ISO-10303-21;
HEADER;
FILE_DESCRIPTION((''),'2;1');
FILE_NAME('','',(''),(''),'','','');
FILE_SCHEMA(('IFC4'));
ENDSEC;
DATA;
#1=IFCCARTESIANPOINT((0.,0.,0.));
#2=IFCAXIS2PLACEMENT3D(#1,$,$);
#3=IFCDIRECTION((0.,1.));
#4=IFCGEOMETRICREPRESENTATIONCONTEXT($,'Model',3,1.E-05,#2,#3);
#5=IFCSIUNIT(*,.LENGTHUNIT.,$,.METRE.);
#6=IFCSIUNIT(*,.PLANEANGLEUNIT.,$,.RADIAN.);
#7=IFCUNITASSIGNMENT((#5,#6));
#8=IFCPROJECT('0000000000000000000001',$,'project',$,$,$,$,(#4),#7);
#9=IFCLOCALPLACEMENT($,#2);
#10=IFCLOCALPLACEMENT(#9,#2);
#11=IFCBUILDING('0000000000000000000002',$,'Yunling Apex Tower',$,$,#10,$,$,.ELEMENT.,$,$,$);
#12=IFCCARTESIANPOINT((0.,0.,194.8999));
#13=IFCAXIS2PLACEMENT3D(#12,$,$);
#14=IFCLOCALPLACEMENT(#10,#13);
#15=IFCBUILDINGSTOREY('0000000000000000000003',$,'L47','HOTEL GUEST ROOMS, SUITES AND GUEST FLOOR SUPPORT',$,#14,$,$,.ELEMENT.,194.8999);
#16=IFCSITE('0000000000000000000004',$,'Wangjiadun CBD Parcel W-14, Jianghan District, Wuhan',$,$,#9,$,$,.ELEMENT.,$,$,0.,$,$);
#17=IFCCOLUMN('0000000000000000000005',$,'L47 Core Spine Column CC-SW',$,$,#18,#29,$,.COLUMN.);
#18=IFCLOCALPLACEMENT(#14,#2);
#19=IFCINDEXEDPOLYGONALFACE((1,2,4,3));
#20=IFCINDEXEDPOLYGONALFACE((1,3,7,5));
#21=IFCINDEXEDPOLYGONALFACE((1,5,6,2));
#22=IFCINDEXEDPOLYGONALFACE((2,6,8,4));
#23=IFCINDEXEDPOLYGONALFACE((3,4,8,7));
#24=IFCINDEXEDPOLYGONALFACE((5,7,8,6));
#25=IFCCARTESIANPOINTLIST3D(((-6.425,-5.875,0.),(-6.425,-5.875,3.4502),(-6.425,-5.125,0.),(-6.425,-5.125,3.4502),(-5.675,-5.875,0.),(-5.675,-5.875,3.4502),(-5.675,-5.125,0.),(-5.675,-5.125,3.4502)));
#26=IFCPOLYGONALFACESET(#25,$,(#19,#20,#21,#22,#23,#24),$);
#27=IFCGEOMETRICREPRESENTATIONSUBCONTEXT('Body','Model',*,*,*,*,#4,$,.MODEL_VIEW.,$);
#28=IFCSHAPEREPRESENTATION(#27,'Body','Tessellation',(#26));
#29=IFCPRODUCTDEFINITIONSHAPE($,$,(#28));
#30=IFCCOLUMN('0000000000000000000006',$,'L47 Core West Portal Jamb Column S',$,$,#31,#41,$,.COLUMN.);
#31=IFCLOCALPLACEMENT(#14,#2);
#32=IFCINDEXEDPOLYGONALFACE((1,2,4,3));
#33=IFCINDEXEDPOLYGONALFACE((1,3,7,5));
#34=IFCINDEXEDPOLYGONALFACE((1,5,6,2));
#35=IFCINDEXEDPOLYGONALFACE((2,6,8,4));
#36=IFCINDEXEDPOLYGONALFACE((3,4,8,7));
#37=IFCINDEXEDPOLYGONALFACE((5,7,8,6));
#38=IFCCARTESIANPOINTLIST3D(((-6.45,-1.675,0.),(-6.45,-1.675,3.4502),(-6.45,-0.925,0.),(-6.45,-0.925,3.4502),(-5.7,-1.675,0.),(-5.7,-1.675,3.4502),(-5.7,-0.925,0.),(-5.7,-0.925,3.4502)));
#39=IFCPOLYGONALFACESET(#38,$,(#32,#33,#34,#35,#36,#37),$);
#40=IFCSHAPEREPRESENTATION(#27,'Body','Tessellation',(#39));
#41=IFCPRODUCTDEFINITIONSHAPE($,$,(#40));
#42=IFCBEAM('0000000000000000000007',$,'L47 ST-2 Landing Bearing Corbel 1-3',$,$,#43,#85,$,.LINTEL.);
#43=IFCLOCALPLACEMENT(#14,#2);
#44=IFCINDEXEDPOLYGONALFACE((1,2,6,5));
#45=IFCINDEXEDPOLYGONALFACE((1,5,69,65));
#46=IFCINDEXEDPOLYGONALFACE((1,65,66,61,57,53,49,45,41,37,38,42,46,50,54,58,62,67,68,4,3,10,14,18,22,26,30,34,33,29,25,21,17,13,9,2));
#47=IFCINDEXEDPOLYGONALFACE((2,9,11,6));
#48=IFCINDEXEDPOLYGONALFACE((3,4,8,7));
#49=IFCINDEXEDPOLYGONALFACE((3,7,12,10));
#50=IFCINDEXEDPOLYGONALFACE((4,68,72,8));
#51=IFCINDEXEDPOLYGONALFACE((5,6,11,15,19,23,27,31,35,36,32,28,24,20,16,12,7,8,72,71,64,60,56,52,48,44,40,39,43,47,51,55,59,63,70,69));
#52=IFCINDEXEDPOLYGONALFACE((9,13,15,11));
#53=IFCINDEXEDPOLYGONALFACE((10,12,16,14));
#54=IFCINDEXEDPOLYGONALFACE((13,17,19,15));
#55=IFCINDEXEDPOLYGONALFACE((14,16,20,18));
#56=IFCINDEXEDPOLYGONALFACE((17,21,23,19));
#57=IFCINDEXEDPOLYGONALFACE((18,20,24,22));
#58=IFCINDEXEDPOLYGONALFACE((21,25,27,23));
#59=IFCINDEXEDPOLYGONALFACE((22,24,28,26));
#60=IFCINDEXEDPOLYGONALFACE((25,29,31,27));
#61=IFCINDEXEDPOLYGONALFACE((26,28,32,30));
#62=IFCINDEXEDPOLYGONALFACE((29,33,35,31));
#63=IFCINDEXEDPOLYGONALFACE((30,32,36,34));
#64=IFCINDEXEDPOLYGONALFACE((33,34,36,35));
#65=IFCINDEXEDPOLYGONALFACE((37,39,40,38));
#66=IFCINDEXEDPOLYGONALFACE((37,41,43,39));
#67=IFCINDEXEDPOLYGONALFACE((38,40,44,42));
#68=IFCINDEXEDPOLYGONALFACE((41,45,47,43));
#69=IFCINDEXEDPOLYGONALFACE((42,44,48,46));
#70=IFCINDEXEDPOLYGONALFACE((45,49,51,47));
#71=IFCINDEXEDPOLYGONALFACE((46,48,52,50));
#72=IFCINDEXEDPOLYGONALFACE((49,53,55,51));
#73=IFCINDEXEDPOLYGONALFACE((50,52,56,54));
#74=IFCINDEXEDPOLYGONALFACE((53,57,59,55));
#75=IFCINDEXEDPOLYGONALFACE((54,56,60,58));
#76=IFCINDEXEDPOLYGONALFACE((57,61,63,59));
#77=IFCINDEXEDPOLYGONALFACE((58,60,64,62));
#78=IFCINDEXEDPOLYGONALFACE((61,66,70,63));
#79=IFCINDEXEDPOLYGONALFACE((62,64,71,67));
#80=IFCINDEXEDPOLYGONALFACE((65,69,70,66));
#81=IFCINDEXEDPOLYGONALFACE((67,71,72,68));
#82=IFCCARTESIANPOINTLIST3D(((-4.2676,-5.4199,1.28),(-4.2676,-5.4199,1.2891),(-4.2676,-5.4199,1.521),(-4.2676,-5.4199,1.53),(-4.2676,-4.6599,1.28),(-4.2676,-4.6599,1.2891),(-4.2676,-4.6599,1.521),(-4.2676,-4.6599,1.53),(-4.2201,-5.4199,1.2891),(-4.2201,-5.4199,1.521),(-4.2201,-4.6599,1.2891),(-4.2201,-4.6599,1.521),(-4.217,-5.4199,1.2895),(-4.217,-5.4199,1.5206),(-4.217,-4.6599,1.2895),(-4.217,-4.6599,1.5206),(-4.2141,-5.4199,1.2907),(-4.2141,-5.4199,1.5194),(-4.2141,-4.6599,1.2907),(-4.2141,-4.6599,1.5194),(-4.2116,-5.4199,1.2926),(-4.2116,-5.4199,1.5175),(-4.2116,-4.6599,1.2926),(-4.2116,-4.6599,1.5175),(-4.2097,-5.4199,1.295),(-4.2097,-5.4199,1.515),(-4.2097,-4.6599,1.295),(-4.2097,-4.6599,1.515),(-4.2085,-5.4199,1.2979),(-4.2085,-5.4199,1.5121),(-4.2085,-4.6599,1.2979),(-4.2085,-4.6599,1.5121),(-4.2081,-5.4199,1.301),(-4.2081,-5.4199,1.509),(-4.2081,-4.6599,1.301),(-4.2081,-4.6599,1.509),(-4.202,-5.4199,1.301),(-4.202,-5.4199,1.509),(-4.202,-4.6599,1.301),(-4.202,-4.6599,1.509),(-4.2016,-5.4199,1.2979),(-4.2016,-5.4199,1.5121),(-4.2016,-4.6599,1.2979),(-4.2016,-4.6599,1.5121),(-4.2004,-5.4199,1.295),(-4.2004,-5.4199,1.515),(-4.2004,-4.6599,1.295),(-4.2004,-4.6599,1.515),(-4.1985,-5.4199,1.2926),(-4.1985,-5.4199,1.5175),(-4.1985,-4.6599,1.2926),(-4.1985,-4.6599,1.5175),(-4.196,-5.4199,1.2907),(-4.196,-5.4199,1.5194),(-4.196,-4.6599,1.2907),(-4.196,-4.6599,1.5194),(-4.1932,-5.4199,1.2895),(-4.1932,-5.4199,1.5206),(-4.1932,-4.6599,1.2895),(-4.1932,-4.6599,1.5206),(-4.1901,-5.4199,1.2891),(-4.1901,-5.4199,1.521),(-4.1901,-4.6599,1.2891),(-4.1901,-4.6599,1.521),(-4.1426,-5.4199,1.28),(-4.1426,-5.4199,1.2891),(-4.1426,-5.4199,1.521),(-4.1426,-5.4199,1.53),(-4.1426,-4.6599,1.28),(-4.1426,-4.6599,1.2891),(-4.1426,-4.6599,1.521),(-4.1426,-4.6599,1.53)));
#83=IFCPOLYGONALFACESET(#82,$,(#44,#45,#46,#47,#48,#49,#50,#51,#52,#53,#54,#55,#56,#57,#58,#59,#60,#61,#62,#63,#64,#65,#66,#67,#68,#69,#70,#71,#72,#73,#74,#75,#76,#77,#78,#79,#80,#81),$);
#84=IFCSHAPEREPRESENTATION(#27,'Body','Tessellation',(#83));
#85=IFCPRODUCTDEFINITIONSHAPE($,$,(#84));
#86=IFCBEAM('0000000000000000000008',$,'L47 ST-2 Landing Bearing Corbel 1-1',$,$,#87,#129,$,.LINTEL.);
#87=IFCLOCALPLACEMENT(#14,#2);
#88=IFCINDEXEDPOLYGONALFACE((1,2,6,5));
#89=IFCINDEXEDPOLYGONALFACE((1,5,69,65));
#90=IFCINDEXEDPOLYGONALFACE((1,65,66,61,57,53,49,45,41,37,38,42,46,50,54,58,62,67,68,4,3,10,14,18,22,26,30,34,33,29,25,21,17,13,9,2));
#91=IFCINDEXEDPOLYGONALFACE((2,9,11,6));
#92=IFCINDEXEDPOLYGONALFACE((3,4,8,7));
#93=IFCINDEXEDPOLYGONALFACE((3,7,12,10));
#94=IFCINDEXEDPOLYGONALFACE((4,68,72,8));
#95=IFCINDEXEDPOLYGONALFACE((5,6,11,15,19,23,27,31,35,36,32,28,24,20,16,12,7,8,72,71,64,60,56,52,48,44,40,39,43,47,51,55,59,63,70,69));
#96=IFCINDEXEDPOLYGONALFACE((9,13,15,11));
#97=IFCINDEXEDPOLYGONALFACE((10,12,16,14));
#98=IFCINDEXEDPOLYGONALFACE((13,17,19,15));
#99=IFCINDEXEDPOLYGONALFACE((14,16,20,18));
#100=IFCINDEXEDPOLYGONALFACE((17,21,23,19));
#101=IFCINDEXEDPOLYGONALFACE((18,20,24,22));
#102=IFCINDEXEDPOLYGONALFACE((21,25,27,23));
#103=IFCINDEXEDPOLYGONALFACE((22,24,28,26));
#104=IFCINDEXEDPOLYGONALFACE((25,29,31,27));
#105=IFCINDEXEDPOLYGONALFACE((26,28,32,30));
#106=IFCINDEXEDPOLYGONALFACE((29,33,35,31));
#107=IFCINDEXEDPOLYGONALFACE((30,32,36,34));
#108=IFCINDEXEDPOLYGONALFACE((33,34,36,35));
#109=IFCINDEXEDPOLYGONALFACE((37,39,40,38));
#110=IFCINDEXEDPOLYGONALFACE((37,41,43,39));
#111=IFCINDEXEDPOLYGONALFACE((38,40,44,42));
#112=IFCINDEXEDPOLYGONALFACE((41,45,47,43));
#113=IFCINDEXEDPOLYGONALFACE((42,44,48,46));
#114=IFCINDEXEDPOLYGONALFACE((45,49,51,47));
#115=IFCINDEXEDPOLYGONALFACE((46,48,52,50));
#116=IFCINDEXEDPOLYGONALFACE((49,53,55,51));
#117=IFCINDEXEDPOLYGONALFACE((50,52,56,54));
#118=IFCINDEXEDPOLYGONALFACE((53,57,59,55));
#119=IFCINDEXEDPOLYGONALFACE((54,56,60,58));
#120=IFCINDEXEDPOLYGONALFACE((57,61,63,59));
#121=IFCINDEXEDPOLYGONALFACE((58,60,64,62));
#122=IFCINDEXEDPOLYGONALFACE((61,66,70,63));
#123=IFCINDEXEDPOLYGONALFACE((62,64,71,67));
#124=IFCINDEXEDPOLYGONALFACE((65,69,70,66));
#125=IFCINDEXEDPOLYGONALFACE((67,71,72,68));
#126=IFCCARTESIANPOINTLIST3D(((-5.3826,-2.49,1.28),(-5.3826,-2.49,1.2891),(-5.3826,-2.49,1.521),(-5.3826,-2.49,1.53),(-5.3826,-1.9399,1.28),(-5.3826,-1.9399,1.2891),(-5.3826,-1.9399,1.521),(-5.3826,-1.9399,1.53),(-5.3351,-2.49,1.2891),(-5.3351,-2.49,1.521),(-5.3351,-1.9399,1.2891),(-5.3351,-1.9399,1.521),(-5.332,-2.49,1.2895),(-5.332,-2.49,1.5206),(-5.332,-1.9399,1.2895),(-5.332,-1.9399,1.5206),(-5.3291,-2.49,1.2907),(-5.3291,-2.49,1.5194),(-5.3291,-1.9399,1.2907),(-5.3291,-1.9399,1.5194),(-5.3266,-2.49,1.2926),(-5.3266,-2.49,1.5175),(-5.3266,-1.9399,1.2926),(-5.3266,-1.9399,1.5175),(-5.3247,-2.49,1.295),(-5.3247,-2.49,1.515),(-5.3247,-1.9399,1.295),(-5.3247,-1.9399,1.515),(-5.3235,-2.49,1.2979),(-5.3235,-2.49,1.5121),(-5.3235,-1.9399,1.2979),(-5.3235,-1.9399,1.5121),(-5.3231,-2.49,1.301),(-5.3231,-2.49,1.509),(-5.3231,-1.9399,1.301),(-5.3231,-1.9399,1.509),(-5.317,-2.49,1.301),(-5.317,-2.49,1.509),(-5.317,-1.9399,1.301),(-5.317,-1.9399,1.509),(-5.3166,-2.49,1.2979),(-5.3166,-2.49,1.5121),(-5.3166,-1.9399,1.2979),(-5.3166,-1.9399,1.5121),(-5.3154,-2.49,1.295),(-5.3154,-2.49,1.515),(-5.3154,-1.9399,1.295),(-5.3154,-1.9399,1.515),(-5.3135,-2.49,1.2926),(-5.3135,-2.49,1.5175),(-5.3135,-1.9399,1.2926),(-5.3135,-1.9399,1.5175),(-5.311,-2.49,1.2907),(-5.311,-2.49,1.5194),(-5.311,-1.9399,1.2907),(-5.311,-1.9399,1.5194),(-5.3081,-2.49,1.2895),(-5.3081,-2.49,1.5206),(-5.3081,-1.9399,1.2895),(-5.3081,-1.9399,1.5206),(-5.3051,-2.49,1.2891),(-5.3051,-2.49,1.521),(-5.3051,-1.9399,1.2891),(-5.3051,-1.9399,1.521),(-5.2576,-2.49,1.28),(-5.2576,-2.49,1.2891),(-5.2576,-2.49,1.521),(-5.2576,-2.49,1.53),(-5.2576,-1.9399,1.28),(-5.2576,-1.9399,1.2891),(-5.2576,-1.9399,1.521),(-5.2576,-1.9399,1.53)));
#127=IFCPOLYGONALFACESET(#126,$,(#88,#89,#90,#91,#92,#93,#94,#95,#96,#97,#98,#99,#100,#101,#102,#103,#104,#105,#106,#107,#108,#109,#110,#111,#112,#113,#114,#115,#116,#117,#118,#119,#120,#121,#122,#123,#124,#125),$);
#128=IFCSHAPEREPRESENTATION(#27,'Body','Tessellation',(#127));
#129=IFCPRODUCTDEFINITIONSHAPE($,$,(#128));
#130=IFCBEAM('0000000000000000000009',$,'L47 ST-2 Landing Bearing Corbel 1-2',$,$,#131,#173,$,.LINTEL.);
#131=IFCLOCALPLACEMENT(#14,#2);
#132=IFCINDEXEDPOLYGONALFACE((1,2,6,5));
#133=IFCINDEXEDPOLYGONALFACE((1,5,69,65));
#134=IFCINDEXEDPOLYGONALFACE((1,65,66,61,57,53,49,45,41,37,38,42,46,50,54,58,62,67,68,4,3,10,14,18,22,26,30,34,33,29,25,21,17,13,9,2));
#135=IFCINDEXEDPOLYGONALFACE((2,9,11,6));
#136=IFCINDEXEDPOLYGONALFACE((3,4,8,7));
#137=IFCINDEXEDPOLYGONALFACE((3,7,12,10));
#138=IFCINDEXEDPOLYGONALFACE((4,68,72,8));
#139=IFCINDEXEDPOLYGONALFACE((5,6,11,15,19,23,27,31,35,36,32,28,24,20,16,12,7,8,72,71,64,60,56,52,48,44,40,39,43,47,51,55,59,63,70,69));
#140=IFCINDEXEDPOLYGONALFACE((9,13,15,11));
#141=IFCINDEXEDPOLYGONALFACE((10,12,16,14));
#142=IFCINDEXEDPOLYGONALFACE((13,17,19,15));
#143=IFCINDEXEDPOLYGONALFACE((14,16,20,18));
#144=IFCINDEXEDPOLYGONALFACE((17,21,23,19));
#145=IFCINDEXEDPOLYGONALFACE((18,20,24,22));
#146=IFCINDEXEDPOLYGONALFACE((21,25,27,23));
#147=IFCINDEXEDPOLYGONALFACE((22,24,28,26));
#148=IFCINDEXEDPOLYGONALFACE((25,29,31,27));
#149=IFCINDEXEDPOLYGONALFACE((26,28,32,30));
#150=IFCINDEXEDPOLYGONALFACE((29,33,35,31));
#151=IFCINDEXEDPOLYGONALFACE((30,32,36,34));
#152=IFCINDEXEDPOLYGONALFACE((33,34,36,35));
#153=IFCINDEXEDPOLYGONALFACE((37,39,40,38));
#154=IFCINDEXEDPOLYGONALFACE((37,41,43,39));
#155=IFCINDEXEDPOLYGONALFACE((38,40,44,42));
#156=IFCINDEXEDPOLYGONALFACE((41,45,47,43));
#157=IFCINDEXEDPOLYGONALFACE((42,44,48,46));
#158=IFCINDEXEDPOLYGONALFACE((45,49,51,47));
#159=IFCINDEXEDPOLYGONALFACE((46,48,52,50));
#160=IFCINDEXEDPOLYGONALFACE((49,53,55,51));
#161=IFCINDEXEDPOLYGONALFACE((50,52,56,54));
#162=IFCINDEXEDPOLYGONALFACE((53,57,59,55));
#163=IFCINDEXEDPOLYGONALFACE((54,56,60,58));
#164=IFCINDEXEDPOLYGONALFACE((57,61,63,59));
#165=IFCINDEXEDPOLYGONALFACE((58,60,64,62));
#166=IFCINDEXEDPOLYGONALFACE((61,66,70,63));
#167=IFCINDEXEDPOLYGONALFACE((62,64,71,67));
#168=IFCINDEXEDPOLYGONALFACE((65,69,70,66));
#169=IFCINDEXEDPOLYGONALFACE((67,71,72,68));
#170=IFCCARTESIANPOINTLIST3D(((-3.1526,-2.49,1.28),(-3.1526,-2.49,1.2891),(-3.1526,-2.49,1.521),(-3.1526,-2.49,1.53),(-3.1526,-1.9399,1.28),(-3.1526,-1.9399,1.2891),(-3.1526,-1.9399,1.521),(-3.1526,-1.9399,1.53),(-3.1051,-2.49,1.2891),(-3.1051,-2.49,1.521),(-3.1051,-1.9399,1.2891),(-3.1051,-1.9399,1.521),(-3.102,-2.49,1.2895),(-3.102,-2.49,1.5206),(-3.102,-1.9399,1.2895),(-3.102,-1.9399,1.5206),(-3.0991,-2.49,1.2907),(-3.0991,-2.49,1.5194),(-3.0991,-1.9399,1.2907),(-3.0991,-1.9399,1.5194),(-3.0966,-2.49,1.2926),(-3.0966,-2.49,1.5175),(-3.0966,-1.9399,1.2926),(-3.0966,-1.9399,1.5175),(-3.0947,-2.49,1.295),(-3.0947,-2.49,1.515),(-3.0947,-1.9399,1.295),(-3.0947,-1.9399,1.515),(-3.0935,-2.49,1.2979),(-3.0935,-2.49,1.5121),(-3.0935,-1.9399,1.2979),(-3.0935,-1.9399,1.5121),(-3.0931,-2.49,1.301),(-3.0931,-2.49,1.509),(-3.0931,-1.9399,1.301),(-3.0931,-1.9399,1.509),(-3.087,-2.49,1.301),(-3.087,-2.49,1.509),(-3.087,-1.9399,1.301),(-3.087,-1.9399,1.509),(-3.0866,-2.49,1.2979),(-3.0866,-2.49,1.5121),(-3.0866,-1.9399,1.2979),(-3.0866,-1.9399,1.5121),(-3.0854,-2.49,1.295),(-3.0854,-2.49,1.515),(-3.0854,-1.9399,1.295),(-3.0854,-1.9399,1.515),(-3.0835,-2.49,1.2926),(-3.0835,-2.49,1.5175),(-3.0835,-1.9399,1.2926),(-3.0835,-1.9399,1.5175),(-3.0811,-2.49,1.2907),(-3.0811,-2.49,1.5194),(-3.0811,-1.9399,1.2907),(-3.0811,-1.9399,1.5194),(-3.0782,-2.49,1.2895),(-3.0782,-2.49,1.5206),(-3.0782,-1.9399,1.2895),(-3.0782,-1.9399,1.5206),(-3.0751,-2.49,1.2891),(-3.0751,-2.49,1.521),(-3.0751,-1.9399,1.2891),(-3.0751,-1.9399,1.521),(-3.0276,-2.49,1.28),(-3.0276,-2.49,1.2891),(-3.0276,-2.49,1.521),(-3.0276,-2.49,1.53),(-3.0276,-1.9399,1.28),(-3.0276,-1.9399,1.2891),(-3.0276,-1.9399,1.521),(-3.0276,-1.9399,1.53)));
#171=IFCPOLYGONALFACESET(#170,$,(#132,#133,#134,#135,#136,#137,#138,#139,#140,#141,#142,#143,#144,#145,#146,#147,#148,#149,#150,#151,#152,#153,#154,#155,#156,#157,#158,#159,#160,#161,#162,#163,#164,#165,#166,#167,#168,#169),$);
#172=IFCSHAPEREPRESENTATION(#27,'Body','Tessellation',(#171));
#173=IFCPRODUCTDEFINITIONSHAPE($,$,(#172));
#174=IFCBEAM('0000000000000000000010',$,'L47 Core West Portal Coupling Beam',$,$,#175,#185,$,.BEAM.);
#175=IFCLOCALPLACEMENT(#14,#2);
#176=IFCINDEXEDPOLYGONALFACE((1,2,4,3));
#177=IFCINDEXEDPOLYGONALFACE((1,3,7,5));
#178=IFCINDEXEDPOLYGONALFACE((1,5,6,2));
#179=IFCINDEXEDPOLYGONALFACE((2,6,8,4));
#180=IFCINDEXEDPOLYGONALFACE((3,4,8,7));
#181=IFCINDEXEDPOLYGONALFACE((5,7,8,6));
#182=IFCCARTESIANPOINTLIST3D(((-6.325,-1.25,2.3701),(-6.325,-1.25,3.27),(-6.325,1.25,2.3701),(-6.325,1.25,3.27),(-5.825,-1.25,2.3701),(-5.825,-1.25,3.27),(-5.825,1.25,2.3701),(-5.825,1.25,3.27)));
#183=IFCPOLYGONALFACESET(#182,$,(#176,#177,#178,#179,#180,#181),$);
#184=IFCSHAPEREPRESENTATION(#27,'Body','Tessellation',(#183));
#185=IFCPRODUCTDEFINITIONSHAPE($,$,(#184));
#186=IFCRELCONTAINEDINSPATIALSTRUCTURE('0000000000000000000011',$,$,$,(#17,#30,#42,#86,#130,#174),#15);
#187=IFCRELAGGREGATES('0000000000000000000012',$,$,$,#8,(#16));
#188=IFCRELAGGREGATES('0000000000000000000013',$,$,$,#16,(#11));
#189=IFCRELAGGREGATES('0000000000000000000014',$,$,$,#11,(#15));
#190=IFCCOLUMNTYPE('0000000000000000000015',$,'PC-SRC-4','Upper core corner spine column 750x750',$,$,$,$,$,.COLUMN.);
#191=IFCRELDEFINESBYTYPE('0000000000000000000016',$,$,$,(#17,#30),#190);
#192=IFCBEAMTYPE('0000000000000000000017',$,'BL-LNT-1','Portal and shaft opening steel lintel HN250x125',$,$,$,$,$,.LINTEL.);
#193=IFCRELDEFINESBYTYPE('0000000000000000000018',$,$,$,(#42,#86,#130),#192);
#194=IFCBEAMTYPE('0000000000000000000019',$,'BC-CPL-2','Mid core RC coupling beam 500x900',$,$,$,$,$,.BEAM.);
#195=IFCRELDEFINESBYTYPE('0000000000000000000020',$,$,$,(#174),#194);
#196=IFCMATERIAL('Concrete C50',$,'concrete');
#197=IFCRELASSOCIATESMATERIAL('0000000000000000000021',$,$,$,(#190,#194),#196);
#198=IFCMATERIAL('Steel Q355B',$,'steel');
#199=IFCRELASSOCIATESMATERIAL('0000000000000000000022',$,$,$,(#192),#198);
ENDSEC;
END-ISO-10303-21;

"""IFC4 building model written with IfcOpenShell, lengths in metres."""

from ifc_helpers import new_model, si_unit, direction, frame, origin, origin_2d, place, context, subcontext, project, spatial, rectangle, i_section, extrude, source, transform, mapped, material, material_profile, profile_set, type_object, element, save


model = new_model("IFC4")

# Units and contexts
model_context = context("Model", 3, precision=1e-05, world=origin(), true_north=direction((0.0, 1.0)))
body_context = subcontext(model_context, "Body", "Model", "MODEL_VIEW")
ifc_project = project(units=[si_unit("LENGTHUNIT", "METRE"), si_unit("PLANEANGLEUNIT", "RADIAN")], contexts=[model_context])

# Site, building, storey
site_placement = place(None, origin())
site = spatial("IfcSite", under=ifc_project, at=site_placement, Name="Wangjiadun CBD Parcel W-14, Jianghan District, Wuhan", CompositionType="ELEMENT", RefElevation=0.0)
building_placement = place(site_placement, origin())
building = spatial("IfcBuilding", under=site, at=building_placement, Name="Yunling Apex Tower", CompositionType="ELEMENT")
storey_placement = place(building_placement, frame((0.0, 0.0, 194.8999)))
storey = spatial("IfcBuildingStorey", under=building, at=storey_placement, Name="L47", Description="HOTEL GUEST ROOMS, SUITES AND GUEST FLOOR SUPPORT", CompositionType="ELEMENT", Elevation=194.8999)

# Columns
ifc_material_1 = material(Name="Concrete C50", Category="concrete")
ifc_material_profile_1 = material_profile(ifc_material_1, rectangle(XDim=0.75, YDim=0.75, at=origin_2d()))
ifc_profile_set_1 = profile_set([ifc_material_profile_1], Name="Concrete C50")
column_type = type_object("IfcColumnType", Name="PC-SRC-4", Description="Upper core corner spine column 750x750", PredefinedType="COLUMN", material=ifc_profile_set_1)
shared_shape_1 = source(origin(), body_context, "Body", "SweptSolid", [
    extrude(rectangle(XDim=0.75, YDim=0.75, at=origin_2d()), origin(), (0.0, 0.0, 1.0), 3.4502),
])
for number, where, z_axis, x_axis, name in (
    (1, (-6.05, -5.5, 0.0), (0.0, 0.0, 1.0), (1.0, 0.0, 0.0), "L47 Core Spine Column CC-SW"),
    (2, (-6.075, -1.3, 0.0), (0.0, 0.0, 1.0), (1.0, 0.0, 0.0), "L47 Core West Portal Jamb Column S"),
):
    element("IfcColumn", number, at=place(storey_placement, frame(where, z_axis=z_axis, x_axis=x_axis)), inside=storey, type_object=column_type, Name=name, PredefinedType="COLUMN", context=body_context, shape_type="MappedRepresentation", body=[
        mapped(shared_shape_1, transform((0.0, 0.0, 0.0), scale=1.0)),
    ])

# Beams
ifc_material_2 = material(Name="Steel Q355B", Category="steel")
ifc_material_profile_2 = material_profile(ifc_material_2, i_section(OverallWidth=0.125, OverallDepth=0.25, WebThickness=0.0061, FlangeThickness=0.009, FilletRadius=0.012, at=origin_2d()))
ifc_profile_set_2 = profile_set([ifc_material_profile_2], Name="Steel Q355B")
beam_type_1 = type_object("IfcBeamType", Name="BL-LNT-1", Description="Portal and shaft opening steel lintel HN250x125", PredefinedType="LINTEL", material=ifc_profile_set_2)
shared_shape_2 = source(origin(), body_context, "Body", "SweptSolid", [
    extrude(i_section(OverallWidth=0.125, OverallDepth=0.25, WebThickness=0.0061, FlangeThickness=0.009, FilletRadius=0.012, at=origin_2d()), origin(), (0.0, 0.0, 1.0), 0.76),
])
beam_1_placement = place(storey_placement, frame((-4.2051, -5.4199, 1.405), z_axis=(0.0, 1.0, 0.0), x_axis=(-1.0, 0.0, 0.0)))
element("IfcBeam", 3, at=beam_1_placement, inside=storey, type_object=beam_type_1, Name="L47 ST-2 Landing Bearing Corbel 1-3", PredefinedType="LINTEL", context=body_context, shape_type="MappedRepresentation", body=[
    mapped(shared_shape_2, transform((0.0, 0.0, 0.0), scale=1.0)),
])
shared_shape_3 = source(origin(), body_context, "Body", "SweptSolid", [
    extrude(i_section(OverallWidth=0.125, OverallDepth=0.25, WebThickness=0.0061, FlangeThickness=0.009, FilletRadius=0.012, at=origin_2d()), origin(), (0.0, 0.0, 1.0), 0.55),
])
for number, where, z_axis, x_axis, name in (
    (4, (-5.3201, -1.9399, 1.405), (0.0, -1.0, 0.0), (1.0, 0.0, 0.0), "L47 ST-2 Landing Bearing Corbel 1-1"),
    (5, (-3.0901, -1.9399, 1.405), (0.0, -1.0, 0.0), (1.0, 0.0, 0.0), "L47 ST-2 Landing Bearing Corbel 1-2"),
):
    element("IfcBeam", number, at=place(storey_placement, frame(where, z_axis=z_axis, x_axis=x_axis)), inside=storey, type_object=beam_type_1, Name=name, PredefinedType="LINTEL", context=body_context, shape_type="MappedRepresentation", body=[
        mapped(shared_shape_3, transform((0.0, 0.0, 0.0), scale=1.0)),
    ])
ifc_material_profile_3 = material_profile(ifc_material_1, rectangle(XDim=0.5, YDim=0.8999, at=origin_2d()))
ifc_profile_set_3 = profile_set([ifc_material_profile_3], Name="Concrete C50")
beam_type_2 = type_object("IfcBeamType", Name="BC-CPL-2", Description="Mid core RC coupling beam 500x900", PredefinedType="BEAM", material=ifc_profile_set_3)
shared_shape_4 = source(origin(), body_context, "Body", "SweptSolid", [
    extrude(rectangle(XDim=0.5, YDim=0.8999, at=origin_2d()), origin(), (0.0, 0.0, 1.0), 2.5),
])
beam_2_placement = place(storey_placement, frame((-6.075, -1.25, 2.8201), z_axis=(0.0, 1.0, 0.0), x_axis=(-1.0, 0.0, 0.0)))
element("IfcBeam", 6, at=beam_2_placement, inside=storey, type_object=beam_type_2, Name="L47 Core West Portal Coupling Beam", PredefinedType="BEAM", context=body_context, shape_type="MappedRepresentation", body=[
    mapped(shared_shape_4, transform((0.0, 0.0, 0.0), scale=1.0)),
])

save(model, "model.ifc")
